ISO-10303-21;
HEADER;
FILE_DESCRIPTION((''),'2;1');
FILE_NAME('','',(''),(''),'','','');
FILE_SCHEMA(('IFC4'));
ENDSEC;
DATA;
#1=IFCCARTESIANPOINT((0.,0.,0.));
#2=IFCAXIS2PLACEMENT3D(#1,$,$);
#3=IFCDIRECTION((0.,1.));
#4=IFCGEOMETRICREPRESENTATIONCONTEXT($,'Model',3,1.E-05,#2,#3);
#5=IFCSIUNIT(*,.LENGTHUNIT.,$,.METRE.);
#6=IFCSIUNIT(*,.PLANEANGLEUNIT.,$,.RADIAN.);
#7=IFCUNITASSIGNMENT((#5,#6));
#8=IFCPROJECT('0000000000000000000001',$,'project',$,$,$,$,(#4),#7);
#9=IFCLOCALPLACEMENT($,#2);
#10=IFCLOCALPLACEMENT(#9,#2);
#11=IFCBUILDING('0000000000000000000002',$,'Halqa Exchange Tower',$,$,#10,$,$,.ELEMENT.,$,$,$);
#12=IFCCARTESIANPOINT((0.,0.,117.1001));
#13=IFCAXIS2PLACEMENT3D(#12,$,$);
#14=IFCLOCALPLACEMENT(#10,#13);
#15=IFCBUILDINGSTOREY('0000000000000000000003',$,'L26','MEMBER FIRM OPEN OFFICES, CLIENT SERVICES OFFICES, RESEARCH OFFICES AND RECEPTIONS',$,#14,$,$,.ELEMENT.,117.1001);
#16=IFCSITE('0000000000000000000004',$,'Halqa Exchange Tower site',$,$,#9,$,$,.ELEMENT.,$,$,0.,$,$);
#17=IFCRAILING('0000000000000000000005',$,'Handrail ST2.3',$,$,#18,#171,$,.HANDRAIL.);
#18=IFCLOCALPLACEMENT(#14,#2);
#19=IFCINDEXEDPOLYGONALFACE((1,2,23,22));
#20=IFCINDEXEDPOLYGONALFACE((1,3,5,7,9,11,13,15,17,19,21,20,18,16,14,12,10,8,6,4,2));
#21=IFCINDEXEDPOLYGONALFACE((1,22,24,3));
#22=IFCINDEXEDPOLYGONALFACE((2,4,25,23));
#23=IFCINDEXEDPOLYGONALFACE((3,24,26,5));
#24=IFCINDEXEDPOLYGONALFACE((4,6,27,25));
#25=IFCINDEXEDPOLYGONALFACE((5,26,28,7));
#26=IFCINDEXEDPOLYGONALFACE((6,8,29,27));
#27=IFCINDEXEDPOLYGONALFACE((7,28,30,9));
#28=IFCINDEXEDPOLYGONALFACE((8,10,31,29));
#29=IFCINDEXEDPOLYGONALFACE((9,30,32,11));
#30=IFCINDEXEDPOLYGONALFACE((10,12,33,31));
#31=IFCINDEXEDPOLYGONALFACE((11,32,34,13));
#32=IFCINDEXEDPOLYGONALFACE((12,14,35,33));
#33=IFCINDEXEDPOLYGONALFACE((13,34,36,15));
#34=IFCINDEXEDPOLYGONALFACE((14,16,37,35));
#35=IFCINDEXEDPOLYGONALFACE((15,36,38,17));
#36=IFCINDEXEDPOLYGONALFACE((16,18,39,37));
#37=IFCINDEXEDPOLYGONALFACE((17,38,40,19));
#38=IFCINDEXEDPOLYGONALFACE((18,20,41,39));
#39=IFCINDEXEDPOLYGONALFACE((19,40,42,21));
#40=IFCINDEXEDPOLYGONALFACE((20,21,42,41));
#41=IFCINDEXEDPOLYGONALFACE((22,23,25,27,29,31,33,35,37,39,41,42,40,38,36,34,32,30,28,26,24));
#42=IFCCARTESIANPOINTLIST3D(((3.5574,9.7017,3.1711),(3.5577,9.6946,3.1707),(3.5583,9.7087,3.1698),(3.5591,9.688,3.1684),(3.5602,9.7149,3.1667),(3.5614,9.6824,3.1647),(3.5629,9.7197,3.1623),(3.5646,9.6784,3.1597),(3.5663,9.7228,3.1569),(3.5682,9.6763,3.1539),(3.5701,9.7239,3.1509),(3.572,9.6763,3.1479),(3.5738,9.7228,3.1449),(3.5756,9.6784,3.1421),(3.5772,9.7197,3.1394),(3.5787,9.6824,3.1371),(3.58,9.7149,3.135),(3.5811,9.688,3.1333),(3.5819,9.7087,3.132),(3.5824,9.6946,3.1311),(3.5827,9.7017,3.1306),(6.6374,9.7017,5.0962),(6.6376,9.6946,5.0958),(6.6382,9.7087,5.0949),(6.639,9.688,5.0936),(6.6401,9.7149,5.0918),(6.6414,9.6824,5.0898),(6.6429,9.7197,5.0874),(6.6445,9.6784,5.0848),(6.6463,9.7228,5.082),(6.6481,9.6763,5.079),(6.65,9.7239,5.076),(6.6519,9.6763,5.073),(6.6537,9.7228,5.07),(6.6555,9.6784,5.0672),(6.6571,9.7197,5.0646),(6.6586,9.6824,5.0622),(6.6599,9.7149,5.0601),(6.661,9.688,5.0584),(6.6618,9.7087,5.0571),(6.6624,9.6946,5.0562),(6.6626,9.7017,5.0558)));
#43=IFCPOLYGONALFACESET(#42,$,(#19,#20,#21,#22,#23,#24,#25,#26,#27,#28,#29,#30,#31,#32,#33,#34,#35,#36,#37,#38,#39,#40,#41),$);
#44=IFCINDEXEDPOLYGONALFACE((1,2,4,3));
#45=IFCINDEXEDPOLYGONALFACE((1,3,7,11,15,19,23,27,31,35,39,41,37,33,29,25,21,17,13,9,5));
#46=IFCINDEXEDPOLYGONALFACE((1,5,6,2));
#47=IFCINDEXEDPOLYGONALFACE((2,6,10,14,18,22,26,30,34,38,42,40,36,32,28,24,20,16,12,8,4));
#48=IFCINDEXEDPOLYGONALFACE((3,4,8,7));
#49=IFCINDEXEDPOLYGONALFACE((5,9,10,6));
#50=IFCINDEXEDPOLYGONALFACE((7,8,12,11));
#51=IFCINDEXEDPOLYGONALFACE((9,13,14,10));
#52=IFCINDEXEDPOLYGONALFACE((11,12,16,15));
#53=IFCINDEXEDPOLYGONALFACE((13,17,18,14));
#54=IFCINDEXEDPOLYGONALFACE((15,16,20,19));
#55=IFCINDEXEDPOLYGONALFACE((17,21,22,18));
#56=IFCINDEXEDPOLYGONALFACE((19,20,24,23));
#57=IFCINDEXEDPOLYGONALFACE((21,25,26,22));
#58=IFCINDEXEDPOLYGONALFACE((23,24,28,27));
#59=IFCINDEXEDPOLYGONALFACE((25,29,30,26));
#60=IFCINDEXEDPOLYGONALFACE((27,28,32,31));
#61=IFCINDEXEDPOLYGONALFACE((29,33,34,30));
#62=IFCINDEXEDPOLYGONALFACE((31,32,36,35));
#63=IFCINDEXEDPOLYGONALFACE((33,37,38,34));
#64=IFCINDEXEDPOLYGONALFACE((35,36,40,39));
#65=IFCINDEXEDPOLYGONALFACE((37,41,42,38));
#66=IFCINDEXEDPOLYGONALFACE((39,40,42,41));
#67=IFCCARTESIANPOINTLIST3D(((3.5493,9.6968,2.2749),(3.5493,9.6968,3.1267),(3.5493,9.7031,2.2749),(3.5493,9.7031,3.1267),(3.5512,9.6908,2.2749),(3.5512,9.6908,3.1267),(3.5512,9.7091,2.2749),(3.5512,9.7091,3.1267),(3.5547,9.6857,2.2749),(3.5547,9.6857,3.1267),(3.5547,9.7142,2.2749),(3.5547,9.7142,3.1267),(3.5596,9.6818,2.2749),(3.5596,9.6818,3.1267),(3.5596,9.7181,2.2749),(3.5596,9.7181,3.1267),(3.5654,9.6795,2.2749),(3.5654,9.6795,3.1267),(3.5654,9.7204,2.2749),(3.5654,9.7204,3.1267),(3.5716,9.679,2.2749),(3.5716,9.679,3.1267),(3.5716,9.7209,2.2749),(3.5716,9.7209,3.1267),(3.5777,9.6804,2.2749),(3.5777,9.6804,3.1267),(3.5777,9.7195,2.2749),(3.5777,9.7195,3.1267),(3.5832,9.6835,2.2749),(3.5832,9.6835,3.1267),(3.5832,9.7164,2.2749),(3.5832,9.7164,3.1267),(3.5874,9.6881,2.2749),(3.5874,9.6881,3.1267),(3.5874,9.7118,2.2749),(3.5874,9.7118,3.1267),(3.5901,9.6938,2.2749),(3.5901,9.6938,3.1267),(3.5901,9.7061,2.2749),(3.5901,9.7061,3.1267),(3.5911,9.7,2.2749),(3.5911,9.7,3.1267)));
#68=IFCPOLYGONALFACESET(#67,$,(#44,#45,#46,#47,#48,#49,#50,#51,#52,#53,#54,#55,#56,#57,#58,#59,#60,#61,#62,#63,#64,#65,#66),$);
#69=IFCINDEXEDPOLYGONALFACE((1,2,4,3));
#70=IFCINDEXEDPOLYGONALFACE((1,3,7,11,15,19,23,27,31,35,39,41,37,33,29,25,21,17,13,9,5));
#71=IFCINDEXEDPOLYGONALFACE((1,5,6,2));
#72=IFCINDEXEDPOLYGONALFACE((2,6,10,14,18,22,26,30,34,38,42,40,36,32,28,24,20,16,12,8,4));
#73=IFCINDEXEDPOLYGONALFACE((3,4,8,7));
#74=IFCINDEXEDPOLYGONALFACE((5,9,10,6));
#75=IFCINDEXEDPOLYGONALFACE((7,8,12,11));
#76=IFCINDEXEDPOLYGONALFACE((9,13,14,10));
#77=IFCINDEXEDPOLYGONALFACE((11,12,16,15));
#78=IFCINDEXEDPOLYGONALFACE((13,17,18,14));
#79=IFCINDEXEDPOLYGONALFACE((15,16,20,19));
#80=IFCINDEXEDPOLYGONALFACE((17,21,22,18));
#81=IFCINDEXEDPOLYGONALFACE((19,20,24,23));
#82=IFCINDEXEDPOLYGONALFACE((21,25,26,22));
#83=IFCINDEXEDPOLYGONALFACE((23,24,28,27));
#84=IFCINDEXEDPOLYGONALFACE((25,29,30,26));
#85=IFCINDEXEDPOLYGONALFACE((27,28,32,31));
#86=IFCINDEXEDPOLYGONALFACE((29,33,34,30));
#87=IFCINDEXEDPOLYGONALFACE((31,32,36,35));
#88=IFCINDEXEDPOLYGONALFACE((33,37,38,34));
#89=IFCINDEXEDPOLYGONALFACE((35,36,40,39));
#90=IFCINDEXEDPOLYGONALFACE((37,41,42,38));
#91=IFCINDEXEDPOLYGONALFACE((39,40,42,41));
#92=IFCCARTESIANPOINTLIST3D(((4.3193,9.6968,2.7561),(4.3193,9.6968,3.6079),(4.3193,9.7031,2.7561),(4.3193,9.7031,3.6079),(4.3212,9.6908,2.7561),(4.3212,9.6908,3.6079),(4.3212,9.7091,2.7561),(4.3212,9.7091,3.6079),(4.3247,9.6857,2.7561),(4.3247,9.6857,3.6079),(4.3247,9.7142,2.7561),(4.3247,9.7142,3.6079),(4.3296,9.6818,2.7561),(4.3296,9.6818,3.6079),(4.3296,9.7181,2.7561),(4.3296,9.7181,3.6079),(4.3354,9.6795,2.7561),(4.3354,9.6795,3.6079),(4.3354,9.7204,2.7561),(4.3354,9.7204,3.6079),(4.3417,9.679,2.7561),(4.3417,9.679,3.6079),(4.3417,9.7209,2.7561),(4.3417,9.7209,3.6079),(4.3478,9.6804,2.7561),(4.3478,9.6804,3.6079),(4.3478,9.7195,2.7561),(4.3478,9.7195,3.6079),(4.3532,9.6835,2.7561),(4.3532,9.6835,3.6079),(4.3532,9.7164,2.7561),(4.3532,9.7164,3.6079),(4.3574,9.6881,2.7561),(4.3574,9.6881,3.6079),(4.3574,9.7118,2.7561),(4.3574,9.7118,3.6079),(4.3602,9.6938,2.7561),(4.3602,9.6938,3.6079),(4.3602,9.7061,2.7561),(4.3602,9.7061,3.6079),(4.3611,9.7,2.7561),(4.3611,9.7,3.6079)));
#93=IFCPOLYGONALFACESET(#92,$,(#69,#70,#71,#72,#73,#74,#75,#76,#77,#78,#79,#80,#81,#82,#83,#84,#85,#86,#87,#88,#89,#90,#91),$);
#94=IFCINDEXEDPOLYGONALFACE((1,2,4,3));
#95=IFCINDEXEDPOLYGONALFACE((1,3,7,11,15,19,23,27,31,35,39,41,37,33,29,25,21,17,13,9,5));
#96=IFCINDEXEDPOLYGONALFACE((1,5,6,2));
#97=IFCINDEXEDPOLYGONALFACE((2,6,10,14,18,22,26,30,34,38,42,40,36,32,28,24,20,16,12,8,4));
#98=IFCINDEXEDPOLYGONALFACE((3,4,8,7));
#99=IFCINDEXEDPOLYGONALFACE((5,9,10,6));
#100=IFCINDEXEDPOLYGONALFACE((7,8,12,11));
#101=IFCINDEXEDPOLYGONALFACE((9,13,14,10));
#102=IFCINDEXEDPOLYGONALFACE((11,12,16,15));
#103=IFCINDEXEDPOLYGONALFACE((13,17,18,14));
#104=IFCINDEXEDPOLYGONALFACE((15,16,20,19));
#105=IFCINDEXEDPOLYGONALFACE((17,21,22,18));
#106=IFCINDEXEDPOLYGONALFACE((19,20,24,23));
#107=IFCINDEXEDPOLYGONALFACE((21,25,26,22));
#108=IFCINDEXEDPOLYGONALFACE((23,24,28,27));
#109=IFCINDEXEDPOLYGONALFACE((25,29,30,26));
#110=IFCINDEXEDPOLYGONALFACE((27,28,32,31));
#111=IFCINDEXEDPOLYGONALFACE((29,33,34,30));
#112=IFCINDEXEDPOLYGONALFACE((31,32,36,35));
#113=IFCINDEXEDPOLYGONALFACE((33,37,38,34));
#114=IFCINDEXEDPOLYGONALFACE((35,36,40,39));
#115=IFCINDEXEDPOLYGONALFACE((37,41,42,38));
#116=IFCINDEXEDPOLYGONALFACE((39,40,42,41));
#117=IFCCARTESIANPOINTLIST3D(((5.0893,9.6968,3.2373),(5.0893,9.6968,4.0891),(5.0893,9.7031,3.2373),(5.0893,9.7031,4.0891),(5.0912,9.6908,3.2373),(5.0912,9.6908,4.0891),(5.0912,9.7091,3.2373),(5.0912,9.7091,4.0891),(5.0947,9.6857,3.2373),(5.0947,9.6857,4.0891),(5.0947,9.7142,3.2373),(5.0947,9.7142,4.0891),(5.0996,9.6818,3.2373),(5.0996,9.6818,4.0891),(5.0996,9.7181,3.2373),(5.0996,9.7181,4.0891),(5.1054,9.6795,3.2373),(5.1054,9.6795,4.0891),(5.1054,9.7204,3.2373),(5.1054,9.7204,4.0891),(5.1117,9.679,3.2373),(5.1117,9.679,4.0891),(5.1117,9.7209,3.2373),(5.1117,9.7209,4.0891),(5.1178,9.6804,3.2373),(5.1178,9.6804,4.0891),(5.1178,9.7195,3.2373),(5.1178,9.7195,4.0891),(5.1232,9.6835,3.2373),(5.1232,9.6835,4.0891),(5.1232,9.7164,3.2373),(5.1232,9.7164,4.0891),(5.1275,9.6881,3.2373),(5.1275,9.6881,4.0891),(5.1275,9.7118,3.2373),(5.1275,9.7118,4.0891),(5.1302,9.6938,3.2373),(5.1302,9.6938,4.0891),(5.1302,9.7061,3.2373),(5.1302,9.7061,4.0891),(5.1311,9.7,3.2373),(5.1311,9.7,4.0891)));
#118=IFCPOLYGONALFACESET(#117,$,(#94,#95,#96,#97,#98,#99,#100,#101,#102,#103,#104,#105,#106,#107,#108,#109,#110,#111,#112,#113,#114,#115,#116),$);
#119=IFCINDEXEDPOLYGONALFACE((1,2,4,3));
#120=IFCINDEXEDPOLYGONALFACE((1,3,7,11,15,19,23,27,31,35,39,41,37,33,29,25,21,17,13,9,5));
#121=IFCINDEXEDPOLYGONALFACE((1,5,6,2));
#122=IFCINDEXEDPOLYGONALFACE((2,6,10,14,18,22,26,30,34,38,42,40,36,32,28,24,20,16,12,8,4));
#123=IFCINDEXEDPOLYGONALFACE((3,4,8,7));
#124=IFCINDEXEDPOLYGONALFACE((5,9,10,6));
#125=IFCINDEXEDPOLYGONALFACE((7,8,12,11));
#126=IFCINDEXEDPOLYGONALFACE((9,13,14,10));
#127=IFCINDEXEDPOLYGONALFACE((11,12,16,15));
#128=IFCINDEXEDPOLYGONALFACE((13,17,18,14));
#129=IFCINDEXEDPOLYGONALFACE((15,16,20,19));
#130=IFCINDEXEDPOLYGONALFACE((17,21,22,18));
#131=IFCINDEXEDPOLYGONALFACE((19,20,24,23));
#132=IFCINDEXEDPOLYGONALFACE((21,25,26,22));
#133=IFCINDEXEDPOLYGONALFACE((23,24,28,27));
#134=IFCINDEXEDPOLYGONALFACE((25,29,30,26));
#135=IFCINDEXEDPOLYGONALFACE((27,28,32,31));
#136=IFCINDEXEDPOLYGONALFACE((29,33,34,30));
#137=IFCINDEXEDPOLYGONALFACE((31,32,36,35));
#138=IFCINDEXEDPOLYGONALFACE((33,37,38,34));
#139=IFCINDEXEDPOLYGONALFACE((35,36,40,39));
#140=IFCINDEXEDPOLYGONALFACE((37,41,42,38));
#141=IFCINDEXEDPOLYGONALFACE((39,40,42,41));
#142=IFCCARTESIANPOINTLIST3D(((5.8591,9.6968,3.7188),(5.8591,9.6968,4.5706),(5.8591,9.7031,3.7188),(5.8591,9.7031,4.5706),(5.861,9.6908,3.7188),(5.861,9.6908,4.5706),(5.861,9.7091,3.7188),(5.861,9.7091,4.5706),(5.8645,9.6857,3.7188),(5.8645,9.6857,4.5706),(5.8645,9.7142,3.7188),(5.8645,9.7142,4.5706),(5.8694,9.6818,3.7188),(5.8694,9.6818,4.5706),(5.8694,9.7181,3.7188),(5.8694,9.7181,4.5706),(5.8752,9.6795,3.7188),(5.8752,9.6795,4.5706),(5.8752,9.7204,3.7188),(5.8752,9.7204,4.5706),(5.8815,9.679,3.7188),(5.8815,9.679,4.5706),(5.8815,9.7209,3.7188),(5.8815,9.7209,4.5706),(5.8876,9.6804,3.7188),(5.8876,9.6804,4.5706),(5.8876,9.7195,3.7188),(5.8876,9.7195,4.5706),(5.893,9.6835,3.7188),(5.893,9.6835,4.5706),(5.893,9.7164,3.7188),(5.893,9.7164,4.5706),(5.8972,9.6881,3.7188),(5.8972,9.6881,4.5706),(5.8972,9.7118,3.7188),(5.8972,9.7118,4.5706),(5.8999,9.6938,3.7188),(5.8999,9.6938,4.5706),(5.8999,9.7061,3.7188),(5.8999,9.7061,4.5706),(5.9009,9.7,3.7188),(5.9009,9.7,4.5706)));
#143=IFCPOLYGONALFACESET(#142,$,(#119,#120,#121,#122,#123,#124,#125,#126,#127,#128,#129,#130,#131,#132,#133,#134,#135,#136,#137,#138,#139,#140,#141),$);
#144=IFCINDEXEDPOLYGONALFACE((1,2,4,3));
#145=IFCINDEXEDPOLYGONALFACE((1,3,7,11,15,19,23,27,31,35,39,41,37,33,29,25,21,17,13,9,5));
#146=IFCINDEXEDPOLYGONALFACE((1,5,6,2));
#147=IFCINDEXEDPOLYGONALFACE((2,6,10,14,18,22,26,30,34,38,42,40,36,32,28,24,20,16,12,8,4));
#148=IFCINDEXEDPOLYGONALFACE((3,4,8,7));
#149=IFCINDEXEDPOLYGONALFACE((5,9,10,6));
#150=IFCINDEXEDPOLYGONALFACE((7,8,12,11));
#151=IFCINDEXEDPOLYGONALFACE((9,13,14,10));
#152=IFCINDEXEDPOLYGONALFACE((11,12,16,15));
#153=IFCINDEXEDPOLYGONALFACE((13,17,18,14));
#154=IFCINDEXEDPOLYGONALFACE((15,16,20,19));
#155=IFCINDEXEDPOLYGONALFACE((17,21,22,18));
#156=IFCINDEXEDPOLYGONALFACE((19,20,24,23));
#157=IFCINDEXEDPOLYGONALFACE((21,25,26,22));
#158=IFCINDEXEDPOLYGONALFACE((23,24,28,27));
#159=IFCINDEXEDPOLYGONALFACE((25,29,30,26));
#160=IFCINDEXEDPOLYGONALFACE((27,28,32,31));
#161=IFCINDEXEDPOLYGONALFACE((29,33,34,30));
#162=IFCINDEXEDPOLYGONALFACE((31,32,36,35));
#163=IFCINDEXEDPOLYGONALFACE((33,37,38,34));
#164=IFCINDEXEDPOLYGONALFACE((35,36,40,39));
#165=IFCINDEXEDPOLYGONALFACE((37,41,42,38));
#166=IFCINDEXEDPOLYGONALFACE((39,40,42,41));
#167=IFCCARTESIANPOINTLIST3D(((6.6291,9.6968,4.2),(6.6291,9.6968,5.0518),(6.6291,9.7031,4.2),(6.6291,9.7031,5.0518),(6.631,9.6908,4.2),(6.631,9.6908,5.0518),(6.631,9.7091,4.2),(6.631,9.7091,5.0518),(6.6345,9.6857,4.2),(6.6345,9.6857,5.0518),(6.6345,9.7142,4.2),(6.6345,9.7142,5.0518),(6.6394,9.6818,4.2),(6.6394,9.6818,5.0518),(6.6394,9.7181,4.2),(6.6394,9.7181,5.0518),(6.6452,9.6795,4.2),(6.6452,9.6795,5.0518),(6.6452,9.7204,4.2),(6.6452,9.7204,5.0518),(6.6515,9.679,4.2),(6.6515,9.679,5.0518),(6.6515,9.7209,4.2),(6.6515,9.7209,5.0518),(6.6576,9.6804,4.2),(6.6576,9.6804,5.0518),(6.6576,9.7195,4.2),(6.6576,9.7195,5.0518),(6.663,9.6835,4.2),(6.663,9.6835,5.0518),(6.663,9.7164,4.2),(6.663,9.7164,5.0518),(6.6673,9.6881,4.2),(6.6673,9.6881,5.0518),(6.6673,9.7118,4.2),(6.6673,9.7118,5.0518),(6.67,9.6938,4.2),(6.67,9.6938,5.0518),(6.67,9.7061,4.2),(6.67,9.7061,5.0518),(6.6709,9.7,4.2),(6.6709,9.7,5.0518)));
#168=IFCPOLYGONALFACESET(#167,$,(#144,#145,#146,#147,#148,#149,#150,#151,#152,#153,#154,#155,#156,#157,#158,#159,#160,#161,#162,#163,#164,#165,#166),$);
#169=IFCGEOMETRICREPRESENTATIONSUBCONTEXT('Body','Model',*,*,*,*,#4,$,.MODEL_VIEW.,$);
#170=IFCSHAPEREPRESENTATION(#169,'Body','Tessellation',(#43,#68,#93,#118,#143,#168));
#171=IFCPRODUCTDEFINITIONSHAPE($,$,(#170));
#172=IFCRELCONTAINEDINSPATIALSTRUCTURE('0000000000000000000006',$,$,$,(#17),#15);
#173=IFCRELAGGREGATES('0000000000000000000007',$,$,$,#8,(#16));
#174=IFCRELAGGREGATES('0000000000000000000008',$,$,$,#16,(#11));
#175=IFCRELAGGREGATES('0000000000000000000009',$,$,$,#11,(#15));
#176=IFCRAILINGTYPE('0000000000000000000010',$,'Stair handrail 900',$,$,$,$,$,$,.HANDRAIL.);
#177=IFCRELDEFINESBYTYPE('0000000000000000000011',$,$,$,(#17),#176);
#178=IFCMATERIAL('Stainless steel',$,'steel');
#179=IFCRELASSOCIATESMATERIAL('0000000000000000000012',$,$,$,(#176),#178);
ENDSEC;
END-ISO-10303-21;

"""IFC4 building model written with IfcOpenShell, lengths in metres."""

from ifc_helpers import new_model, si_unit, direction, frame, origin, origin_2d, place, context, subcontext, project, spatial, circle, extrude, material, type_object, element, save


model = new_model("IFC4")

# Units and contexts
model_context = context("Model", 3, precision=1e-05, world=origin(), true_north=direction((0.0, 1.0)))
body_context = subcontext(model_context, "Body", "Model", "MODEL_VIEW")
ifc_project = project(units=[si_unit("LENGTHUNIT", "METRE"), si_unit("PLANEANGLEUNIT", "RADIAN")], contexts=[model_context])

# Site, building, storey
site_placement = place(None, origin())
site = spatial("IfcSite", under=ifc_project, at=site_placement, Name="Halqa Exchange Tower site", CompositionType="ELEMENT", RefElevation=0.0)
building_placement = place(site_placement, origin())
building = spatial("IfcBuilding", under=site, at=building_placement, Name="Halqa Exchange Tower", CompositionType="ELEMENT")
storey_placement = place(building_placement, frame((0.0, 0.0, 117.1001)))
storey = spatial("IfcBuildingStorey", under=building, at=storey_placement, Name="L26", Description="MEMBER FIRM OPEN OFFICES, CLIENT SERVICES OFFICES, RESEARCH OFFICES AND RECEPTIONS", CompositionType="ELEMENT", Elevation=117.1001)

# Railing
ifc_material_1 = material(Name="Stainless steel", Category="steel")
railing_type_1 = type_object("IfcRailingType", Name="Stair handrail 900", PredefinedType="HANDRAIL", material=ifc_material_1)
railing_1_placement = place(storey_placement, frame((3.5701, 9.7, 2.2749)))
element("IfcRailing", 1, at=railing_1_placement, inside=storey, type_object=railing_type_1, Name="Handrail ST2.3", PredefinedType="HANDRAIL", context=body_context, shape_type="SweptSolid", body=[
    extrude(circle(Radius=0.0239, at=origin_2d()), frame((0.0, 0.0, 0.876), z_axis=(0.847979, 0.0, 0.530029), x_axis=(0.0, 1.0, 0.0)), (0.0, 0.0, 1.0), 3.6321),
    extrude(circle(Radius=0.021, at=origin_2d()), origin(), (0.0, 0.0, 1.0), 0.8518),
    extrude(circle(Radius=0.021, at=origin_2d()), frame((0.77, 0.0, 0.4812)), (0.0, 0.0, 1.0), 0.8518),
    extrude(circle(Radius=0.021, at=origin_2d()), frame((1.54, 0.0, 0.9624)), (0.0, 0.0, 1.0), 0.8518),
    extrude(circle(Radius=0.021, at=origin_2d()), frame((2.3098, 0.0, 1.4438)), (0.0, 0.0, 1.0), 0.8518),
    extrude(circle(Radius=0.021, at=origin_2d()), frame((3.0798, 0.0, 1.925)), (0.0, 0.0, 1.0), 0.8518),
])

save(model, "model.ifc")
